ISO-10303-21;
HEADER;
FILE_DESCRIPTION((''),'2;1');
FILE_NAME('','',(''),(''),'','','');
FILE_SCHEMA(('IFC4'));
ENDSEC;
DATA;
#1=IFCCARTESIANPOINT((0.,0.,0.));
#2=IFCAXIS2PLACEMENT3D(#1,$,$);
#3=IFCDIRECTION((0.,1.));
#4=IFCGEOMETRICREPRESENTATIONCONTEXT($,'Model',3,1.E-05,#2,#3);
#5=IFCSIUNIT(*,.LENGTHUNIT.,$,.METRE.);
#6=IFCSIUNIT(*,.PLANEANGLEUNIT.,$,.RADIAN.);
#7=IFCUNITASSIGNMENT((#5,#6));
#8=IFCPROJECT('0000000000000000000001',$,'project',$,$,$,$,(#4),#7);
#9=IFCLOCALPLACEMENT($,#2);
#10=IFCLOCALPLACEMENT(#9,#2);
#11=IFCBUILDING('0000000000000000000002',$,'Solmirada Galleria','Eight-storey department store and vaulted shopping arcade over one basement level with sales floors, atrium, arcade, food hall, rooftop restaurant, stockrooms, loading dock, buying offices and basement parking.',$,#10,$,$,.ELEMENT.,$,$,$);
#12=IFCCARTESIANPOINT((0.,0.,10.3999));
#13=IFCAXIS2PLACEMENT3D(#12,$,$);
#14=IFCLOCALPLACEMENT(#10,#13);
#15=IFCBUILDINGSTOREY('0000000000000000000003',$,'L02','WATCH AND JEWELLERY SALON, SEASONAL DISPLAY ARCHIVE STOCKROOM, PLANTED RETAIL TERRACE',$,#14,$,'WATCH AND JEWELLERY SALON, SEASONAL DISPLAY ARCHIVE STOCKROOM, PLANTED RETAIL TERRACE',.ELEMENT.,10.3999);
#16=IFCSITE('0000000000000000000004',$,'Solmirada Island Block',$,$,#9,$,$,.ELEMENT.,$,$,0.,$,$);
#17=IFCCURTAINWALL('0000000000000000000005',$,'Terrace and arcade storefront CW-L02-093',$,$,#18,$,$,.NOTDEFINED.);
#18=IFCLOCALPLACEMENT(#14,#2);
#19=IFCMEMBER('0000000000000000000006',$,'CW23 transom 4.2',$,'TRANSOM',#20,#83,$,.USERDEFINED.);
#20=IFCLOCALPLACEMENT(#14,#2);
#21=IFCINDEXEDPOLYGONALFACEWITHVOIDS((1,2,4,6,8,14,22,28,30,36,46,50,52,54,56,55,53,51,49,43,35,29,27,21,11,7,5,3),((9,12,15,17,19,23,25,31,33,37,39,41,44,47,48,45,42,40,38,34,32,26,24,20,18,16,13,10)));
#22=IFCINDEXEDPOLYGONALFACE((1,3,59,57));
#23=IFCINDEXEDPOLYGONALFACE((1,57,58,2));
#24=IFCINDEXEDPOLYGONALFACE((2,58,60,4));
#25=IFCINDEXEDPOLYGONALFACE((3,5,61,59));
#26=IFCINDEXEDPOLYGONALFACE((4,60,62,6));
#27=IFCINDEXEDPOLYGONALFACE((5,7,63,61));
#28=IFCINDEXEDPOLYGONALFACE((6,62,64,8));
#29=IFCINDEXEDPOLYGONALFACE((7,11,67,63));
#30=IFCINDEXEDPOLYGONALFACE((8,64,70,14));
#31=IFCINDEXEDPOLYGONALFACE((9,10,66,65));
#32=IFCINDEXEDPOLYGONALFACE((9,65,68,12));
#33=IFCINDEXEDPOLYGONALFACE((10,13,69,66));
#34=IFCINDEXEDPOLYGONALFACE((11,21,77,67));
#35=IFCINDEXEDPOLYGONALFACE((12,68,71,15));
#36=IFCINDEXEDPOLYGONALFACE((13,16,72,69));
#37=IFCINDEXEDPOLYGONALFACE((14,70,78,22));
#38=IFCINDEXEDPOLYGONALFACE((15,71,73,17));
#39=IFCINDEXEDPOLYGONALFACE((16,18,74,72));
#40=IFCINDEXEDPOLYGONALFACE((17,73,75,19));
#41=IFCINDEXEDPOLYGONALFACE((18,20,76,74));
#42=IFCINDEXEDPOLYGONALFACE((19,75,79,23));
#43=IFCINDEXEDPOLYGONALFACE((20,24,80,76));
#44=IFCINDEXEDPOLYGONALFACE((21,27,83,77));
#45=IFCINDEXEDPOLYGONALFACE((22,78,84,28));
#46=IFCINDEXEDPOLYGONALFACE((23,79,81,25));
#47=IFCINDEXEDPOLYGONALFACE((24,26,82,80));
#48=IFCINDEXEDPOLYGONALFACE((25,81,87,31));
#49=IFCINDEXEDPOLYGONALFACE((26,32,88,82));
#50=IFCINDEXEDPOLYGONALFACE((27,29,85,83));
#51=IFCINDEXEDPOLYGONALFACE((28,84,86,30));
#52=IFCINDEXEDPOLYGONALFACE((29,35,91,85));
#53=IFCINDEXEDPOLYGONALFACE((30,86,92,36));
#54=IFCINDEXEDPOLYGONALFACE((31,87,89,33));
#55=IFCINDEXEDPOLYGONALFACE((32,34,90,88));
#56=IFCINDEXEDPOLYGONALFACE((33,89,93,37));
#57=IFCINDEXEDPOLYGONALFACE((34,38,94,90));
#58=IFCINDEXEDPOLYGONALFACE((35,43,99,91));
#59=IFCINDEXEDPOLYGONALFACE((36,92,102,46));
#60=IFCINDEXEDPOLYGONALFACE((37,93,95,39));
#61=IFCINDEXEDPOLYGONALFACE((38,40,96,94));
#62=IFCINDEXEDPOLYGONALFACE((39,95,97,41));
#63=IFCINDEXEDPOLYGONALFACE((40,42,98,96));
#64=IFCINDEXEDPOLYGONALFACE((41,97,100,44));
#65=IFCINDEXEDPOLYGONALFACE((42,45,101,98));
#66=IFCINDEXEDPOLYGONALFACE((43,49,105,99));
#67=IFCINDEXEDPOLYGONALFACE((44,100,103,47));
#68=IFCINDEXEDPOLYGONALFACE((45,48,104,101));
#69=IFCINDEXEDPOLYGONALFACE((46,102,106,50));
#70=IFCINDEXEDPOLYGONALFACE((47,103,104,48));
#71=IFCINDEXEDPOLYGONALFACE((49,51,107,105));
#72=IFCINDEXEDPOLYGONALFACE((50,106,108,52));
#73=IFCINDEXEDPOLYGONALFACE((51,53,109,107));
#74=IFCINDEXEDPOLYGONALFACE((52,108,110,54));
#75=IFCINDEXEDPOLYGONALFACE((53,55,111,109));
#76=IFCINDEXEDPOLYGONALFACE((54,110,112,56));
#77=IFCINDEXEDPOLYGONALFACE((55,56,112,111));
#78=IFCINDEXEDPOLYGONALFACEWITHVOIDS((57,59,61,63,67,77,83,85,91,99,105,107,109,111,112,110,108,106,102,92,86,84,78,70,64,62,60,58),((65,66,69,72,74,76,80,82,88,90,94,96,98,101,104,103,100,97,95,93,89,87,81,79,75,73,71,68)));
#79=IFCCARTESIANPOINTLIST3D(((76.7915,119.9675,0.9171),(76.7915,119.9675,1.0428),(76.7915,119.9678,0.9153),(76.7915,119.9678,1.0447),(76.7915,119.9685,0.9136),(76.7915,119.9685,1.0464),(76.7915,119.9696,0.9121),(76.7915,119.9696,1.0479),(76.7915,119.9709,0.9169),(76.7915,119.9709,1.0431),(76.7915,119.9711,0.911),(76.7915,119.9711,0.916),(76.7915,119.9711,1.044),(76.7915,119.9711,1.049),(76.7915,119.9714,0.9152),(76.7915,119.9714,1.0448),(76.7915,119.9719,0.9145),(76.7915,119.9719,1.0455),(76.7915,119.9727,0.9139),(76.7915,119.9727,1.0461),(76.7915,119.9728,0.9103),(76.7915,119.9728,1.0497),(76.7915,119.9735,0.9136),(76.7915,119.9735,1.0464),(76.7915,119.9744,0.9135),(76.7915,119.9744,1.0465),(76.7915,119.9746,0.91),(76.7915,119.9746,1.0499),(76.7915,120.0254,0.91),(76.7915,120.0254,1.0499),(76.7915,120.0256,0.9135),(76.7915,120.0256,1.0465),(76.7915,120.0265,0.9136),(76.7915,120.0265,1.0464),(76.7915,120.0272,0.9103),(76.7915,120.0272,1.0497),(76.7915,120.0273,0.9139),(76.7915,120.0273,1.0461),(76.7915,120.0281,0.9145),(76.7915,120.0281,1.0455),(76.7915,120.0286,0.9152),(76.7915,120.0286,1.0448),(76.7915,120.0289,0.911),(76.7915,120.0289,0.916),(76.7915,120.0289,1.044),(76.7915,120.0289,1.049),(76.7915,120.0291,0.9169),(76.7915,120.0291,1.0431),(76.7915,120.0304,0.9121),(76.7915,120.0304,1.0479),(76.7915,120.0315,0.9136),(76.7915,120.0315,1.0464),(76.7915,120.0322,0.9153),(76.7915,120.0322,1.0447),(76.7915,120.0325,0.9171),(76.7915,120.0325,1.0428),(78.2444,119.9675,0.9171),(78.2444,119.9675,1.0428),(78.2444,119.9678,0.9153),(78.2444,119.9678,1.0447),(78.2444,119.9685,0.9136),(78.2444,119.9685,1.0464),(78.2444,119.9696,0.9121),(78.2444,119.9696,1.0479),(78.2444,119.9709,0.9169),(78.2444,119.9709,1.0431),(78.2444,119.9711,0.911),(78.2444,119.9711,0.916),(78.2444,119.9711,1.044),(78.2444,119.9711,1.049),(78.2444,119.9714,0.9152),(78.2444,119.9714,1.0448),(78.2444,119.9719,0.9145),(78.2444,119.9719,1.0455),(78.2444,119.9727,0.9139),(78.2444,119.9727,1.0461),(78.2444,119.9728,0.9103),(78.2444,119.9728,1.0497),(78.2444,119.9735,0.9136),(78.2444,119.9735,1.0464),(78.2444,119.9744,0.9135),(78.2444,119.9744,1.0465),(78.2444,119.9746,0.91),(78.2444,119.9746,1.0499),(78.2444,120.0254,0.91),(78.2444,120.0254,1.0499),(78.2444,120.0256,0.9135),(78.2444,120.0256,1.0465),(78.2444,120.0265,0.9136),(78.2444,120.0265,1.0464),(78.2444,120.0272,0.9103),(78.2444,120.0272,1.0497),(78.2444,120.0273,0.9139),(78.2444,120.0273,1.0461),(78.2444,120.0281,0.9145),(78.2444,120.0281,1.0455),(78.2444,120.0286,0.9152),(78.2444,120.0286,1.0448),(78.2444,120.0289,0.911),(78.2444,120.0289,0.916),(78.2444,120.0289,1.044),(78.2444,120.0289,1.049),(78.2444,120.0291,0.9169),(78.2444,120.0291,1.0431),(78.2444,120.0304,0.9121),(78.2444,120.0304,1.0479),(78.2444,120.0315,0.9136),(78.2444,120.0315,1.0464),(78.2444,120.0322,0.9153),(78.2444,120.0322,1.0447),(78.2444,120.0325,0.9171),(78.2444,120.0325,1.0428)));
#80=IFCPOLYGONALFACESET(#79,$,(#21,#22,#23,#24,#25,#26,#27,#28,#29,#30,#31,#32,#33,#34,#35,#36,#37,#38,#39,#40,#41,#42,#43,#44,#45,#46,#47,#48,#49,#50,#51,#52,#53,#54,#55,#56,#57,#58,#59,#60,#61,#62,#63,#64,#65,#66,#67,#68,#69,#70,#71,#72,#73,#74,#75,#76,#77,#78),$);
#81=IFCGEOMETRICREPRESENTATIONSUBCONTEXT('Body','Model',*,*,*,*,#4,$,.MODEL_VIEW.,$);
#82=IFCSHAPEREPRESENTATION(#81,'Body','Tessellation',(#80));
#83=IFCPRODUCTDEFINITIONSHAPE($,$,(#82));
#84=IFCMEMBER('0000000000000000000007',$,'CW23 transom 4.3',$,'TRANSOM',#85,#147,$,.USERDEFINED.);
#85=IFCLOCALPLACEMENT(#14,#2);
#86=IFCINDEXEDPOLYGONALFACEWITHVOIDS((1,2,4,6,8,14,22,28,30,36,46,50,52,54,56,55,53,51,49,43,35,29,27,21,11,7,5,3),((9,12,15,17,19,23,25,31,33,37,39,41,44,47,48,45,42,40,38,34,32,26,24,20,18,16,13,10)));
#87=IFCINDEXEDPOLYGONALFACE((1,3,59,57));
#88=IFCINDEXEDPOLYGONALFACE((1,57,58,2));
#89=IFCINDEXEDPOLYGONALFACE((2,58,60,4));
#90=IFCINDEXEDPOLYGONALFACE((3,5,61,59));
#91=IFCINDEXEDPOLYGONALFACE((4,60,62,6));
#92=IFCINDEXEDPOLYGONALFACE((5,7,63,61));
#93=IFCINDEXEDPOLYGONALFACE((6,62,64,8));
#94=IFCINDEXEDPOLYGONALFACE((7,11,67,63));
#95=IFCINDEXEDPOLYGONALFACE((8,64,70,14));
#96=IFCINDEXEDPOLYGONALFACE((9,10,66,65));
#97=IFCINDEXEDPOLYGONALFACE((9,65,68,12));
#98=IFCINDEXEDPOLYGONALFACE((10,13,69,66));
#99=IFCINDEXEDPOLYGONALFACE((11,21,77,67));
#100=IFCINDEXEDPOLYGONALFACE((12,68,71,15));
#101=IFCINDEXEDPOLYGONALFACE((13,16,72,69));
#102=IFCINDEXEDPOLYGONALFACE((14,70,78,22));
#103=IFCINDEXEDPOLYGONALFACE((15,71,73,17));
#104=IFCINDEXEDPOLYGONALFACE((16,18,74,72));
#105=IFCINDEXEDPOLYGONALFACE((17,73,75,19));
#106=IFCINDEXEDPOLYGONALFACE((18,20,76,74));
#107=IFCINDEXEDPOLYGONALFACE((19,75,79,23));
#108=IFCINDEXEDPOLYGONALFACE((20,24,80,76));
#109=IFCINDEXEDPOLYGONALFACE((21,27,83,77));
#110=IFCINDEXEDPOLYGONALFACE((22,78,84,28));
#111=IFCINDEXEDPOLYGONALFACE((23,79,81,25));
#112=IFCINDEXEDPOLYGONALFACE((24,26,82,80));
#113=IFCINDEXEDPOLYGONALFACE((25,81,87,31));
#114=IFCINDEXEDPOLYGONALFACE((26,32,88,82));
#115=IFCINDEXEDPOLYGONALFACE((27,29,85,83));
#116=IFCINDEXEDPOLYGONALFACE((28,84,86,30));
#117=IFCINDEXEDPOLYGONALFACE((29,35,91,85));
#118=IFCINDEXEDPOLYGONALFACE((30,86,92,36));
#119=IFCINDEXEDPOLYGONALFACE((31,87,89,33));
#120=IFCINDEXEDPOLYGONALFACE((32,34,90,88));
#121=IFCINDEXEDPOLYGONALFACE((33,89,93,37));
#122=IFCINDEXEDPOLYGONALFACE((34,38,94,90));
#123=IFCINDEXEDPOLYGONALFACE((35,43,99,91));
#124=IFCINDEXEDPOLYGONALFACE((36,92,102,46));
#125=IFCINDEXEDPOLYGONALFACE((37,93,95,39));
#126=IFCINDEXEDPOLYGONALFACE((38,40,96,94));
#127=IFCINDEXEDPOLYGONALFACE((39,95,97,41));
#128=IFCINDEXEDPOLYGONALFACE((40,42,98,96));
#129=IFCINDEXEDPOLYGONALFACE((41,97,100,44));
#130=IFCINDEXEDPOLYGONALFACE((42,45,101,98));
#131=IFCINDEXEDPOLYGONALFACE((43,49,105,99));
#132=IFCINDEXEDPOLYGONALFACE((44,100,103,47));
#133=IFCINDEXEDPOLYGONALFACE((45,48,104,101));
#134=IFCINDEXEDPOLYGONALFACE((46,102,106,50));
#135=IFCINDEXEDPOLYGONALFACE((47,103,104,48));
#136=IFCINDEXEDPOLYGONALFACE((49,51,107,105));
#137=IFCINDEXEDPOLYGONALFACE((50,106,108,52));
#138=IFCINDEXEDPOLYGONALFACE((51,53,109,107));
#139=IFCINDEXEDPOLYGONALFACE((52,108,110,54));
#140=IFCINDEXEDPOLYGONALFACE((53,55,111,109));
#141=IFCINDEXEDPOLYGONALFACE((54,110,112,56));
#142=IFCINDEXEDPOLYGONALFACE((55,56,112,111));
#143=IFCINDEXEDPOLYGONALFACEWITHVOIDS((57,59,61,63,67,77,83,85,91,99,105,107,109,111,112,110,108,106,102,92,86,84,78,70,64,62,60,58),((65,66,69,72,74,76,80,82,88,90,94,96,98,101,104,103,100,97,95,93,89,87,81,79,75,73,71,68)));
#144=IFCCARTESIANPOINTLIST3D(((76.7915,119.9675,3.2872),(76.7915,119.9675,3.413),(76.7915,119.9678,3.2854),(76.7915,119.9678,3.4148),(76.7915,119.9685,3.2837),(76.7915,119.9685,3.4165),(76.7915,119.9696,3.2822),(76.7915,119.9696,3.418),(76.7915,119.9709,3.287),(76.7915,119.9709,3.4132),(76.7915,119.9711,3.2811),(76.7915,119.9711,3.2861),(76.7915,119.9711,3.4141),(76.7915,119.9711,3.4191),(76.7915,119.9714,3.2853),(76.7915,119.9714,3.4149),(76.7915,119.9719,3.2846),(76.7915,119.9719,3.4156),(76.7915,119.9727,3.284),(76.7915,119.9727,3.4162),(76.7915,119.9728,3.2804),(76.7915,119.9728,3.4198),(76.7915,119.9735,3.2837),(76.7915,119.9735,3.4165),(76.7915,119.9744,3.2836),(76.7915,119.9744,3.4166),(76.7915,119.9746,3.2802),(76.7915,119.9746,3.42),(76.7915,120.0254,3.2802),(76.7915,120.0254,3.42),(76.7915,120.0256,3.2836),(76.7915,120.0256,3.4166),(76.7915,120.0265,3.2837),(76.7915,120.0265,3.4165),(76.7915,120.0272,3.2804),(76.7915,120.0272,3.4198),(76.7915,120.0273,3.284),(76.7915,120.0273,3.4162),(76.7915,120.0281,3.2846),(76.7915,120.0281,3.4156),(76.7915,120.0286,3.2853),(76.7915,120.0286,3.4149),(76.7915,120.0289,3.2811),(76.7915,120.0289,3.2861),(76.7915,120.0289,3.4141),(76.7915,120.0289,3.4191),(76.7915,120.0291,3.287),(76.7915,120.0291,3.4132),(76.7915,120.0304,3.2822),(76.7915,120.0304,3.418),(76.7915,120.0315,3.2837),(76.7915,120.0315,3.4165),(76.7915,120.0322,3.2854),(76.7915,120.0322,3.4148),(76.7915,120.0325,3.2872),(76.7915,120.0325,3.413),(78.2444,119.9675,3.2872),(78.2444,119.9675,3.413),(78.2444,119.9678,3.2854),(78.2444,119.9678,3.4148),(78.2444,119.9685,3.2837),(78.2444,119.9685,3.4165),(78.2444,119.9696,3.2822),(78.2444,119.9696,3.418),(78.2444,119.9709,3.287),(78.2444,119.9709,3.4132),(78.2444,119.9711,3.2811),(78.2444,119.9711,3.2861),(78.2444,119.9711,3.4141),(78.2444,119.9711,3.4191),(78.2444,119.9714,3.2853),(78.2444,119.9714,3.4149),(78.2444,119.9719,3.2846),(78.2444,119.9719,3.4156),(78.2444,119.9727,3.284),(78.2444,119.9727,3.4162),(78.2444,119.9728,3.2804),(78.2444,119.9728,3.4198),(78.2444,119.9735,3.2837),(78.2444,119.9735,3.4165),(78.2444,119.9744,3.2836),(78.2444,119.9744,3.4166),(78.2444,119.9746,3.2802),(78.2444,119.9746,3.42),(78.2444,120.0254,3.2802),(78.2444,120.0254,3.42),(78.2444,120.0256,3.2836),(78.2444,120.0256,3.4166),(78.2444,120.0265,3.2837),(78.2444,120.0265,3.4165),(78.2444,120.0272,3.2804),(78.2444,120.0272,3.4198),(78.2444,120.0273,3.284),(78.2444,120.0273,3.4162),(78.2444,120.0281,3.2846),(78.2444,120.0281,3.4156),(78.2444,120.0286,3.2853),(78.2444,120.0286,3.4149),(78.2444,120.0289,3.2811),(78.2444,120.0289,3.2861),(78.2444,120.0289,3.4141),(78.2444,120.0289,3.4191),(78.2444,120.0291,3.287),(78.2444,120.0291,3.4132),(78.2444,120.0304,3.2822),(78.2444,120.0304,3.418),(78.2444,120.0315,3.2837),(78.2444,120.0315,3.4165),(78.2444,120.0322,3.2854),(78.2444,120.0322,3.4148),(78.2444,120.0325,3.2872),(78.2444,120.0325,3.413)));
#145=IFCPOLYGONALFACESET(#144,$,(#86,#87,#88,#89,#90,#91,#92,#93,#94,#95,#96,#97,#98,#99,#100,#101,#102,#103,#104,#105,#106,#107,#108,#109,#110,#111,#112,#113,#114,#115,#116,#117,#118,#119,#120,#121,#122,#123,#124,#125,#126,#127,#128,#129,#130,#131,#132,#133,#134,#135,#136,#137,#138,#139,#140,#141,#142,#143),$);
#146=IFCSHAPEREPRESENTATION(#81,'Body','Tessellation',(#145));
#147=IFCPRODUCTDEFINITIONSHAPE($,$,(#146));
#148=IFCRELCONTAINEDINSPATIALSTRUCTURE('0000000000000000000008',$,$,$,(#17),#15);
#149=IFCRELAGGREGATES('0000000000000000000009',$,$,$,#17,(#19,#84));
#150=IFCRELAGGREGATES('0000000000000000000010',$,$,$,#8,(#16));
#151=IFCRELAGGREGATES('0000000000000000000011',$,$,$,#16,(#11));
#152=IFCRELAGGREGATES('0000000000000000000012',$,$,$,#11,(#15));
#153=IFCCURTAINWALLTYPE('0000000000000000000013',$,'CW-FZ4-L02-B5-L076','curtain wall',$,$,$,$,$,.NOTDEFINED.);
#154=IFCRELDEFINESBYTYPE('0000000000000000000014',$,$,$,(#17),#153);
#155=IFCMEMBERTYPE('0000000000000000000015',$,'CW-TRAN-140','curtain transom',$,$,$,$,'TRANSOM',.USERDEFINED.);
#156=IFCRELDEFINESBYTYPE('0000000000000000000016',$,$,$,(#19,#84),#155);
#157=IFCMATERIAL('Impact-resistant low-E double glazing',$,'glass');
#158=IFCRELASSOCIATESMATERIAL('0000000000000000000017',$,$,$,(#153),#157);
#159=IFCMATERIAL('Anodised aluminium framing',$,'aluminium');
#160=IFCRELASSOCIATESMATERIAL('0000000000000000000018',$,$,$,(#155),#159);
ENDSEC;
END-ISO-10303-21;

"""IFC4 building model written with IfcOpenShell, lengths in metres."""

from ifc_helpers import new_model, si_unit, direction, frame, origin, origin_2d, place, context, subcontext, project, spatial, hollow_rectangle, extrude, material, material_profile, profile_set, type_object, element, aggregate, save


model = new_model("IFC4")

# Units and contexts
model_context = context("Model", 3, precision=1e-05, world=origin(), true_north=direction((0.0, 1.0)))
body_context = subcontext(model_context, "Body", "Model", "MODEL_VIEW")
ifc_project = project(units=[si_unit("LENGTHUNIT", "METRE"), si_unit("PLANEANGLEUNIT", "RADIAN")], contexts=[model_context])

# Site, building, storey
site_placement = place(None, origin())
site = spatial("IfcSite", under=ifc_project, at=site_placement, Name="Solmirada Island Block", CompositionType="ELEMENT", RefElevation=0.0)
building_placement = place(site_placement, origin())
building = spatial("IfcBuilding", under=site, at=building_placement, Name="Solmirada Galleria", Description="Eight-storey department store and vaulted shopping arcade over one basement level with sales floors, atrium, arcade, food hall, rooftop restaurant, stockrooms, loading dock, buying offices and basement parking.", CompositionType="ELEMENT")
storey_placement = place(building_placement, frame((0.0, 0.0, 10.3999)))
storey = spatial("IfcBuildingStorey", under=building, at=storey_placement, Name="L02", Description="WATCH AND JEWELLERY SALON, SEASONAL DISPLAY ARCHIVE STOCKROOM, PLANTED RETAIL TERRACE", LongName="WATCH AND JEWELLERY SALON, SEASONAL DISPLAY ARCHIVE STOCKROOM, PLANTED RETAIL TERRACE", CompositionType="ELEMENT", Elevation=10.3999)

# Curtain wall
ifc_material_1 = material(Name="Impact-resistant low-E double glazing", Category="glass")
curtain_wall_type = type_object("IfcCurtainWallType", Name="CW-FZ4-L02-B5-L076", Description="curtain wall", PredefinedType="NOTDEFINED", material=ifc_material_1)
curtain_wall_1_placement = place(storey_placement, origin())
curtain_wall_1 = element("IfcCurtainWall", 1, at=curtain_wall_1_placement, inside=storey, type_object=curtain_wall_type, Name="Terrace and arcade storefront CW-L02-093", PredefinedType="NOTDEFINED")
ifc_material_2 = material(Name="Anodised aluminium framing", Category="aluminium")

# Members
ifc_material_profile_1 = material_profile(ifc_material_2, hollow_rectangle(XDim=0.0649, YDim=0.1399, WallThickness=0.0034, InnerFilletRadius=0.0034, OuterFilletRadius=0.0071, at=origin_2d()), Name="ALU-TRAN-140X65")
ifc_profile_set_1 = profile_set([ifc_material_profile_1], Name="Anodised aluminium framing")
member_type_1 = type_object("IfcMemberType", Name="CW-TRAN-140", Description="curtain transom", ElementType="TRANSOM", PredefinedType="USERDEFINED", material=ifc_profile_set_1)
member_1_placement = place(storey_placement, frame((76.7915, 120.0, 0.98), z_axis=(1.0, 0.0, 0.0), x_axis=(0.0, 1.0, 0.0)))
member_1 = element("IfcMember", 2, at=member_1_placement, type_object=member_type_1, Name="CW23 transom 4.2", ObjectType="TRANSOM", PredefinedType="USERDEFINED", context=body_context, shape_type="SweptSolid", body=[
    extrude(hollow_rectangle(XDim=0.0649, YDim=0.1399, WallThickness=0.0034, InnerFilletRadius=0.0034, OuterFilletRadius=0.0071, at=origin_2d()), origin(), (0.0, 0.0, 1.0), 1.4529),
])
member_2_placement = place(storey_placement, frame((76.7915, 120.0, 3.3501), z_axis=(1.0, 0.0, 0.0), x_axis=(0.0, 1.0, 0.0)))
member_2 = element("IfcMember", 3, at=member_2_placement, type_object=member_type_1, Name="CW23 transom 4.3", ObjectType="TRANSOM", PredefinedType="USERDEFINED", context=body_context, shape_type="SweptSolid", body=[
    extrude(hollow_rectangle(XDim=0.0649, YDim=0.1399, WallThickness=0.0034, InnerFilletRadius=0.0034, OuterFilletRadius=0.0071, at=origin_2d()), origin(), (0.0, 0.0, 1.0), 1.4529),
])

aggregate(curtain_wall_1, [member_1, member_2])

save(model, "model.ifc")
